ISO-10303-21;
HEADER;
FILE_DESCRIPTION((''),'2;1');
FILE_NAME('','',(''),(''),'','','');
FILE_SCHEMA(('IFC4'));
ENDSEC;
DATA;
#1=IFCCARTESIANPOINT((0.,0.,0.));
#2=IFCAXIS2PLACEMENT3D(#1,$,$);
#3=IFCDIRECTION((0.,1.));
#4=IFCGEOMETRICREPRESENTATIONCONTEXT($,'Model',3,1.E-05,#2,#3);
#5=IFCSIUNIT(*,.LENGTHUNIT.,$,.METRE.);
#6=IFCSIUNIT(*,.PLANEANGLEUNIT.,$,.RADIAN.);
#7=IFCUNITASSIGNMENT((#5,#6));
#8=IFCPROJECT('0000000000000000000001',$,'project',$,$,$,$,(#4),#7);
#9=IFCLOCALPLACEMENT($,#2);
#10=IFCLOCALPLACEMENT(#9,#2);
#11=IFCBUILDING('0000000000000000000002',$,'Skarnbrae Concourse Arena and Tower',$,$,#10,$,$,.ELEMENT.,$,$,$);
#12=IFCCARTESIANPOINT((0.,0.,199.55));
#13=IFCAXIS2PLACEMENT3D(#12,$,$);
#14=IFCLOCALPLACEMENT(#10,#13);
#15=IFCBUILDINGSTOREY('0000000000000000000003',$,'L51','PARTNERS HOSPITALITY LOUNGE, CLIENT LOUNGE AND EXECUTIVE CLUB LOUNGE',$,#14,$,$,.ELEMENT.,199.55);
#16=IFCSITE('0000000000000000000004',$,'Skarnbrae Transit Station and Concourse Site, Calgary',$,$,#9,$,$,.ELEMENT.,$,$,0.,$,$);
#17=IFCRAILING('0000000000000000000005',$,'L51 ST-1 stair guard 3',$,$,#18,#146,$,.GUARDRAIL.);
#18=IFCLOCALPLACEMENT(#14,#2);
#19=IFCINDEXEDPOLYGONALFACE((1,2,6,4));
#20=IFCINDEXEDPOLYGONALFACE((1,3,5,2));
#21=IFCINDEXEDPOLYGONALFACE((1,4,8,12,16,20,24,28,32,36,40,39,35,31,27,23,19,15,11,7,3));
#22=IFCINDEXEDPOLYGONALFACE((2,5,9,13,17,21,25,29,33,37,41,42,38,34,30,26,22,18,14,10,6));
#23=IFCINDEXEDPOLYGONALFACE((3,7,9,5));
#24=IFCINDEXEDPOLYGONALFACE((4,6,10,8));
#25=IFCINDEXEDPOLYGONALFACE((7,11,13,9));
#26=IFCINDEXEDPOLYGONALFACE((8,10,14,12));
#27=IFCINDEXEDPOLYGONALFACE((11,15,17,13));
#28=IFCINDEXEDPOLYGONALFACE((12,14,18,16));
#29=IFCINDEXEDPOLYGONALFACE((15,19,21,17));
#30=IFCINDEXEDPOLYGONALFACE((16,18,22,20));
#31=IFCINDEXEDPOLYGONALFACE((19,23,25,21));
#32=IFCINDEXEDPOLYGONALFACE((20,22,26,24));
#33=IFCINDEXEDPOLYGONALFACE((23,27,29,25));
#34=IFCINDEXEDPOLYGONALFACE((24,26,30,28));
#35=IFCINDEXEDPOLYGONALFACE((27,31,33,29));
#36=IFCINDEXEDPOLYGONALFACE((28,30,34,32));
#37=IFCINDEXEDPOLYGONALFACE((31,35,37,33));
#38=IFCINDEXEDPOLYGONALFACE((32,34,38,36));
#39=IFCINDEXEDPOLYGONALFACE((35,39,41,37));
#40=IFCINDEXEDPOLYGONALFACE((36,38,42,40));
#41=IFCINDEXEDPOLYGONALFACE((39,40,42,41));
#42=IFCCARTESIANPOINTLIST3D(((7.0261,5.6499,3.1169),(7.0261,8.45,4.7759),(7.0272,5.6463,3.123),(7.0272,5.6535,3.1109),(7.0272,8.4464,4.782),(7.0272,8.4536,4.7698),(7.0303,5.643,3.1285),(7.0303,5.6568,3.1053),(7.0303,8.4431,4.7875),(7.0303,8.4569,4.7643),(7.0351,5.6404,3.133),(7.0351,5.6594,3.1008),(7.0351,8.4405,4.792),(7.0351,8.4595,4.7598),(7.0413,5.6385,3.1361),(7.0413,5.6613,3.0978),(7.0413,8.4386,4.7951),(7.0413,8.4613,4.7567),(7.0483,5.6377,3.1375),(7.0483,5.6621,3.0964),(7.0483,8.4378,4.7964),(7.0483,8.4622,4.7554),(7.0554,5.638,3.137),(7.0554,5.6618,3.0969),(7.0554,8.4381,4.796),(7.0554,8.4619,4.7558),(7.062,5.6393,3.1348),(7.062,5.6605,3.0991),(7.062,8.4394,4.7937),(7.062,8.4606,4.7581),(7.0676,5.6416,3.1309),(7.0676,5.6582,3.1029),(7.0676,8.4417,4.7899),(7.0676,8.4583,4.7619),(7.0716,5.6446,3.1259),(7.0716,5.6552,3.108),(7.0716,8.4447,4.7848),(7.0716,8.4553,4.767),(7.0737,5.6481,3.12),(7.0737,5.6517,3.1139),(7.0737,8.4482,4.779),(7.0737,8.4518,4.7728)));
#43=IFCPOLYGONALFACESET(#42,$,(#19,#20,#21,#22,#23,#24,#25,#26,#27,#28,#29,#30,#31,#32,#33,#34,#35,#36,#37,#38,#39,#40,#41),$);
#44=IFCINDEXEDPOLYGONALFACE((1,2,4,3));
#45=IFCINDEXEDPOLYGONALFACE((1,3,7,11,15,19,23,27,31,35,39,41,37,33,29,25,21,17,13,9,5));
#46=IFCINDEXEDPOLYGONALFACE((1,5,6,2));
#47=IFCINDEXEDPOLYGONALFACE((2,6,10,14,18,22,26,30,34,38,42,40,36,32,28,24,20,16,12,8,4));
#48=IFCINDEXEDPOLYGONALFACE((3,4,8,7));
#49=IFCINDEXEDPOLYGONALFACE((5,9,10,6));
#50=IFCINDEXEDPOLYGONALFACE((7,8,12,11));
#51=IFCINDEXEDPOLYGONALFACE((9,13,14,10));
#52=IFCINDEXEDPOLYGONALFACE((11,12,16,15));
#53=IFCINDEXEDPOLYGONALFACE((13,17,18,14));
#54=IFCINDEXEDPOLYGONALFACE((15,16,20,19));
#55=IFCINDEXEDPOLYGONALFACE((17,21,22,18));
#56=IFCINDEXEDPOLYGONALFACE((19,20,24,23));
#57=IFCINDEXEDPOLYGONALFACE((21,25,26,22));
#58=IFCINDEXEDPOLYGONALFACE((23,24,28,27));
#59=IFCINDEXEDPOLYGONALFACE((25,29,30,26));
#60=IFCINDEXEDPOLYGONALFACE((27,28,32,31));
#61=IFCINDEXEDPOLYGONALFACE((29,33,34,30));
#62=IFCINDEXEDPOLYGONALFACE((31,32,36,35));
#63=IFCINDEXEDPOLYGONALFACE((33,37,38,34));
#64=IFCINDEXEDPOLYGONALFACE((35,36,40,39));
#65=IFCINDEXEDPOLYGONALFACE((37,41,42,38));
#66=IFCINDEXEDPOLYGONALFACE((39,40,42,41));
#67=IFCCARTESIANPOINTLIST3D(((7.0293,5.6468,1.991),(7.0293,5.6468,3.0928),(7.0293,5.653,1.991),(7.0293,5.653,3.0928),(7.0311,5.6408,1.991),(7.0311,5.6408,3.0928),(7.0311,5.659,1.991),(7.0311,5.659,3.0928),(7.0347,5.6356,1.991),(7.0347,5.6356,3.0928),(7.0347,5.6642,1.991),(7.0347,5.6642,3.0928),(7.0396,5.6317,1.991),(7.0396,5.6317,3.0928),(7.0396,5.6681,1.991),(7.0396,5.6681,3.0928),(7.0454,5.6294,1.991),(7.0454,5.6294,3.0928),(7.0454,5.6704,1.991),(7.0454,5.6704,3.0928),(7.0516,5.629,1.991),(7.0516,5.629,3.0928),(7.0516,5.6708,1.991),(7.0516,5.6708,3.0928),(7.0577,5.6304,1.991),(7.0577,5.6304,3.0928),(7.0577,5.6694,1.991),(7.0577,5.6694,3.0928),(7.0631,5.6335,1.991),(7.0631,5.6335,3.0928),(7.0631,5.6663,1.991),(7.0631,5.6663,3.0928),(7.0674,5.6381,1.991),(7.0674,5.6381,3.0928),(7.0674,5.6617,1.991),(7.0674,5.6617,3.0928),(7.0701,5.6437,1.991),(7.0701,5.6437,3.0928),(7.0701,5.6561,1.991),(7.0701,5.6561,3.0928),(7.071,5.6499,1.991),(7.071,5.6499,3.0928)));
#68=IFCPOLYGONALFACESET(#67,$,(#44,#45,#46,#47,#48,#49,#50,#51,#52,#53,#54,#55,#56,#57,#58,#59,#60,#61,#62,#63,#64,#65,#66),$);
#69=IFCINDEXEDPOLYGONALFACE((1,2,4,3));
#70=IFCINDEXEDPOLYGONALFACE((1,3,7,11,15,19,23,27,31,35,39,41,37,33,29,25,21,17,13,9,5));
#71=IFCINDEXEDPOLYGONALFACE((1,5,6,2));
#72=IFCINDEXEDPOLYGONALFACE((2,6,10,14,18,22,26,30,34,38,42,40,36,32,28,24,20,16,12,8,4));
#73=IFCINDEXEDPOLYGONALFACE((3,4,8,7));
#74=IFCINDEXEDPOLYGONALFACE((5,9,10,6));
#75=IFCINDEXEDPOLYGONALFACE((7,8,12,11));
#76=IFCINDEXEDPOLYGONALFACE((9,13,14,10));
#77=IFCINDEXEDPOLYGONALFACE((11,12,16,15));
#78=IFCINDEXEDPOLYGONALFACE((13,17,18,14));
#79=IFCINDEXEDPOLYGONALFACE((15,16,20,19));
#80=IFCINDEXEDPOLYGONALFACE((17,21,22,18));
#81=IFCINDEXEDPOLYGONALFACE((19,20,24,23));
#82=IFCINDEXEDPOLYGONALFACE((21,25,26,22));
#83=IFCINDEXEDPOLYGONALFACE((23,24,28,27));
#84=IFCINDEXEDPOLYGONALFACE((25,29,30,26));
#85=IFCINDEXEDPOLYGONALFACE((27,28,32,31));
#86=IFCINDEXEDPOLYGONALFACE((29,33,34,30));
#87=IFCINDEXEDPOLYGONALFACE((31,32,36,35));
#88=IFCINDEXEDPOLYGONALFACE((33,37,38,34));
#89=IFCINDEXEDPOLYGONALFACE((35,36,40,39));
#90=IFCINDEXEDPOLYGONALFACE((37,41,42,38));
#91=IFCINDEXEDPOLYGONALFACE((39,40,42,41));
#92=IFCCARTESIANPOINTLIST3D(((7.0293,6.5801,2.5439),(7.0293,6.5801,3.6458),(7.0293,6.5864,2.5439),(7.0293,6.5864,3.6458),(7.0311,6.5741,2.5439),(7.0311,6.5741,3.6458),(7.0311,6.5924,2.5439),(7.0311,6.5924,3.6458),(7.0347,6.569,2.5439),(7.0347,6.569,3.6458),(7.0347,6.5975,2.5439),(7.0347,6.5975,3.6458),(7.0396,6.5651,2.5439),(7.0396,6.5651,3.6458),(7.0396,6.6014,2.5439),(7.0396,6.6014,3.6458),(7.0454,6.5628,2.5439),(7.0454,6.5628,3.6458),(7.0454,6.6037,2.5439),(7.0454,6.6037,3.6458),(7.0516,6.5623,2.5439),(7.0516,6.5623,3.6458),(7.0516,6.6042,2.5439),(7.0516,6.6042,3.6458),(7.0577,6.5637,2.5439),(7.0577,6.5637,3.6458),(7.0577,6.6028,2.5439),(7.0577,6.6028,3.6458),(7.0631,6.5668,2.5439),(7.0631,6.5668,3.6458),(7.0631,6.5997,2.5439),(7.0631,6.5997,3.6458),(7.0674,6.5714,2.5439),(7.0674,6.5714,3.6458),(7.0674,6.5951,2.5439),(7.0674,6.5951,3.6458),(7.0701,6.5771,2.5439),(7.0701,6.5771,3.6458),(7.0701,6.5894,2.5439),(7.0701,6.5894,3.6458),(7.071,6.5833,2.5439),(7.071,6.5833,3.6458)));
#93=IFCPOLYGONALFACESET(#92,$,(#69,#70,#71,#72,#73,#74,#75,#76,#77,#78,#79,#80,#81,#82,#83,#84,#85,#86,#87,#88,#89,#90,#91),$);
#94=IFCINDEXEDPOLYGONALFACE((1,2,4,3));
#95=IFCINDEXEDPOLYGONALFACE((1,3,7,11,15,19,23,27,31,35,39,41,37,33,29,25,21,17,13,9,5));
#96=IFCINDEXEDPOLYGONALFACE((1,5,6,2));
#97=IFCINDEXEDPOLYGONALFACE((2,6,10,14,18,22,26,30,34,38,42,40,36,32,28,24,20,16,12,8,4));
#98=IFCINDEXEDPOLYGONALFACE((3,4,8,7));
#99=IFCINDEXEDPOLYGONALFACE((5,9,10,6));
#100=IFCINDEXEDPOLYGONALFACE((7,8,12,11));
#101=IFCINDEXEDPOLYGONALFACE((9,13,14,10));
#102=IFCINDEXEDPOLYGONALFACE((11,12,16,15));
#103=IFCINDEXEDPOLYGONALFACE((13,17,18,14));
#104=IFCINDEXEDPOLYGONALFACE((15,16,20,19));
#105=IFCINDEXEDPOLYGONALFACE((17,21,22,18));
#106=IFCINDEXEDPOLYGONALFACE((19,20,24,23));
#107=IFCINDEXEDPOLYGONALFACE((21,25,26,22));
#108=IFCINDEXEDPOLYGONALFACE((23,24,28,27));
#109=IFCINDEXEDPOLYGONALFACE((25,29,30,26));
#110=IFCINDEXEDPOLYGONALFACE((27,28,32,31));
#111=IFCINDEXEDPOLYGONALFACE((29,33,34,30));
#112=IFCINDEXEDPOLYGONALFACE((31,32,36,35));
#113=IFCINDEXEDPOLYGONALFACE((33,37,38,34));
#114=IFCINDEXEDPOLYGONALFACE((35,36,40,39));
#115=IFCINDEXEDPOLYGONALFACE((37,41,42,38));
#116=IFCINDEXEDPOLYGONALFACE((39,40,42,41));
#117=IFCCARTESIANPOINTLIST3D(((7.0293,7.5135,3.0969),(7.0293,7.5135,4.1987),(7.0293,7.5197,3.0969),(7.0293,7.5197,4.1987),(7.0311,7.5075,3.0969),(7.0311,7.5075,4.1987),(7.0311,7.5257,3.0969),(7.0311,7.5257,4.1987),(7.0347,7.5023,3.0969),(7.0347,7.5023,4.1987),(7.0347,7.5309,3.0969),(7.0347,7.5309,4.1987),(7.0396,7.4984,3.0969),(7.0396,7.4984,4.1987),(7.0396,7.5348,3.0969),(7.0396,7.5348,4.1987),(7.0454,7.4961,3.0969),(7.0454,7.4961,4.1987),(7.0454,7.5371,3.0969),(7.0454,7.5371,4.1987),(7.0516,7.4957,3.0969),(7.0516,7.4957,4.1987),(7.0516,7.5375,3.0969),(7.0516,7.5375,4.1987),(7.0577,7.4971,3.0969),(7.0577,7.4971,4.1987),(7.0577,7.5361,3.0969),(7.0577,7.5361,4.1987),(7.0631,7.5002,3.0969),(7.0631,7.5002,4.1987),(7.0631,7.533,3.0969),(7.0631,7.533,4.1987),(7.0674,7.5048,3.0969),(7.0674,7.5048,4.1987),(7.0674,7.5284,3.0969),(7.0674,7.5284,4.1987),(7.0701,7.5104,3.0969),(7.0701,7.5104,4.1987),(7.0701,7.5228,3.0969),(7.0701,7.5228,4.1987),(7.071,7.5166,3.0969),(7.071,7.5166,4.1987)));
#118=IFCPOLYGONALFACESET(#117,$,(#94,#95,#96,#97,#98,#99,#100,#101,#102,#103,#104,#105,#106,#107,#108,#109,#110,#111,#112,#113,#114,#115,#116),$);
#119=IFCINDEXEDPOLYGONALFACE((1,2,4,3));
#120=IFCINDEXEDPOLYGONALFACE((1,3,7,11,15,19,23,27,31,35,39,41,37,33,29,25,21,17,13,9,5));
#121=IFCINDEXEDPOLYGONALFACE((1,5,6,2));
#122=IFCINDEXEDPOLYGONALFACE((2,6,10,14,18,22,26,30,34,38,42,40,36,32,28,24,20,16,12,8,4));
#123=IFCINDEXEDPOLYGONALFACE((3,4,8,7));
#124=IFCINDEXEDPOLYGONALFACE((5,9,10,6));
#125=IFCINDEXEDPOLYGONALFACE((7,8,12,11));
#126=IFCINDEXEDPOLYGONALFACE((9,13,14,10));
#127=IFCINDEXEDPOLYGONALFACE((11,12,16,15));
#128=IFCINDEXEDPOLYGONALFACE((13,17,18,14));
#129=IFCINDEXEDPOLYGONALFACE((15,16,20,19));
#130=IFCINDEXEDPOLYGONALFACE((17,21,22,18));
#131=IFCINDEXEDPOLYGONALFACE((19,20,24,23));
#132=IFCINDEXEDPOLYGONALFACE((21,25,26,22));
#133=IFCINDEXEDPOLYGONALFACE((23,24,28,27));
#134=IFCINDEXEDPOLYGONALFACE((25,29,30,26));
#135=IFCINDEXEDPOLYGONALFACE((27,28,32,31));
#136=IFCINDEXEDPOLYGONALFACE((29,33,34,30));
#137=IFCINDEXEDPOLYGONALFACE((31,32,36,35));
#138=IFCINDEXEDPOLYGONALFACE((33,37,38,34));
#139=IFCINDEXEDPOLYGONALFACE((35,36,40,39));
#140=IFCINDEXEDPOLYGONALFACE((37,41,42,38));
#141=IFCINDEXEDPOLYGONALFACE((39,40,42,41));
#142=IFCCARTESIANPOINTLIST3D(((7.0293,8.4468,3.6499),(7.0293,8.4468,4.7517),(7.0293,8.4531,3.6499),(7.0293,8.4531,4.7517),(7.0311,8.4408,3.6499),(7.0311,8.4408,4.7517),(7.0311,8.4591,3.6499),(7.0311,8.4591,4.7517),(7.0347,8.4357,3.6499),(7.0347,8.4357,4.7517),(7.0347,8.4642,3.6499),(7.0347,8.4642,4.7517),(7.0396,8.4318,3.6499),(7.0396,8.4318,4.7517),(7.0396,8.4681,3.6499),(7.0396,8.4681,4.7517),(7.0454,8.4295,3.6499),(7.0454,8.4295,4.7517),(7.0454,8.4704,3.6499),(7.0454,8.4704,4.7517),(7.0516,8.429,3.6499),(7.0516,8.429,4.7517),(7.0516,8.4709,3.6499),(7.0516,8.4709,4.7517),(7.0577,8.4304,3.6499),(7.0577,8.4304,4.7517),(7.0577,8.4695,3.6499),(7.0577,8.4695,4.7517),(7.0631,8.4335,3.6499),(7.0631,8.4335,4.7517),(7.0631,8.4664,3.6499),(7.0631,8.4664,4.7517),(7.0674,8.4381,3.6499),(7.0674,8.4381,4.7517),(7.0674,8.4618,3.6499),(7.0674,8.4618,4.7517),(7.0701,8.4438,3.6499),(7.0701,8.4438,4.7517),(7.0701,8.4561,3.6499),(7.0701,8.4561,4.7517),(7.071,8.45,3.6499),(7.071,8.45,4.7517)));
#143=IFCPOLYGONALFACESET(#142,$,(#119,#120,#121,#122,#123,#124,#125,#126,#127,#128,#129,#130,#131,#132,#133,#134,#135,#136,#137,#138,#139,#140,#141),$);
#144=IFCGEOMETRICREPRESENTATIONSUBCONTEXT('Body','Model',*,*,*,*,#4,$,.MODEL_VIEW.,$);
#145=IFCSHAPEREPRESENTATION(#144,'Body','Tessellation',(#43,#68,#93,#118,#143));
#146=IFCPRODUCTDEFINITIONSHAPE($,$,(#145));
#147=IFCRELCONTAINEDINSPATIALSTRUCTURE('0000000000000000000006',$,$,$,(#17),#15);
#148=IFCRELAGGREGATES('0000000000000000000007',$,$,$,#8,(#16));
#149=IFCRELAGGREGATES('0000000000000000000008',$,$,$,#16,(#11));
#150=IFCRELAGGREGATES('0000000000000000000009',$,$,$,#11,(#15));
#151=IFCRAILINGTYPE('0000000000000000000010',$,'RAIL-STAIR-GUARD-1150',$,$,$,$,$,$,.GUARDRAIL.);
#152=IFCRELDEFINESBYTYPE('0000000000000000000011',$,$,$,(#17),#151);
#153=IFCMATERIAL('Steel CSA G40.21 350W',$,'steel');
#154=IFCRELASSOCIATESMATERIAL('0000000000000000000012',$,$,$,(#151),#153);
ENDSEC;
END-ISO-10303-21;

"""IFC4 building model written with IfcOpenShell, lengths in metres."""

from ifc_helpers import new_model, si_unit, direction, frame, origin, origin_2d, place, context, subcontext, project, spatial, circle, extrude, material, type_object, element, save


model = new_model("IFC4")

# Units and contexts
model_context = context("Model", 3, precision=1e-05, world=origin(), true_north=direction((0.0, 1.0)))
body_context = subcontext(model_context, "Body", "Model", "MODEL_VIEW")
ifc_project = project(units=[si_unit("LENGTHUNIT", "METRE"), si_unit("PLANEANGLEUNIT", "RADIAN")], contexts=[model_context])

# Site, building, storey
site_placement = place(None, origin())
site = spatial("IfcSite", under=ifc_project, at=site_placement, Name="Skarnbrae Transit Station and Concourse Site, Calgary", CompositionType="ELEMENT", RefElevation=0.0)
building_placement = place(site_placement, origin())
building = spatial("IfcBuilding", under=site, at=building_placement, Name="Skarnbrae Concourse Arena and Tower", CompositionType="ELEMENT")
storey_placement = place(building_placement, frame((0.0, 0.0, 199.55)))
storey = spatial("IfcBuildingStorey", under=building, at=storey_placement, Name="L51", Description="PARTNERS HOSPITALITY LOUNGE, CLIENT LOUNGE AND EXECUTIVE CLUB LOUNGE", CompositionType="ELEMENT", Elevation=199.55)

# Shared definitions
ifc_material_1 = material(Name="Steel CSA G40.21 350W", Category="steel")

# Railing
railing_type_1 = type_object("IfcRailingType", Name="RAIL-STAIR-GUARD-1150", PredefinedType="GUARDRAIL", material=ifc_material_1)
railing_1_placement = place(storey_placement, frame((7.05, 5.6499, 1.991)))
element("IfcRailing", 1, at=railing_1_placement, inside=storey, type_object=railing_type_1, Name="L51 ST-1 stair guard 3", PredefinedType="GUARDRAIL", context=body_context, shape_type="SweptSolid", body=[
    extrude(circle(Radius=0.0239, at=origin_2d()), frame((0.0, 0.0, 1.126), z_axis=(0.0, 0.860339, 0.509722), x_axis=(-1.0, 0.0, 0.0)), (0.0, 0.0, 1.0), 3.2546),
    extrude(circle(Radius=0.021, at=origin_2d()), origin(), (0.0, 0.0, 1.0), 1.1018),
    extrude(circle(Radius=0.021, at=origin_2d()), frame((0.0, 0.9333, 0.553)), (0.0, 0.0, 1.0), 1.1018),
    extrude(circle(Radius=0.021, at=origin_2d()), frame((0.0, 1.8667, 1.106)), (0.0, 0.0, 1.0), 1.1018),
    extrude(circle(Radius=0.021, at=origin_2d()), frame((0.0, 2.8, 1.6589)), (0.0, 0.0, 1.0), 1.1018),
])

save(model, "model.ifc")
